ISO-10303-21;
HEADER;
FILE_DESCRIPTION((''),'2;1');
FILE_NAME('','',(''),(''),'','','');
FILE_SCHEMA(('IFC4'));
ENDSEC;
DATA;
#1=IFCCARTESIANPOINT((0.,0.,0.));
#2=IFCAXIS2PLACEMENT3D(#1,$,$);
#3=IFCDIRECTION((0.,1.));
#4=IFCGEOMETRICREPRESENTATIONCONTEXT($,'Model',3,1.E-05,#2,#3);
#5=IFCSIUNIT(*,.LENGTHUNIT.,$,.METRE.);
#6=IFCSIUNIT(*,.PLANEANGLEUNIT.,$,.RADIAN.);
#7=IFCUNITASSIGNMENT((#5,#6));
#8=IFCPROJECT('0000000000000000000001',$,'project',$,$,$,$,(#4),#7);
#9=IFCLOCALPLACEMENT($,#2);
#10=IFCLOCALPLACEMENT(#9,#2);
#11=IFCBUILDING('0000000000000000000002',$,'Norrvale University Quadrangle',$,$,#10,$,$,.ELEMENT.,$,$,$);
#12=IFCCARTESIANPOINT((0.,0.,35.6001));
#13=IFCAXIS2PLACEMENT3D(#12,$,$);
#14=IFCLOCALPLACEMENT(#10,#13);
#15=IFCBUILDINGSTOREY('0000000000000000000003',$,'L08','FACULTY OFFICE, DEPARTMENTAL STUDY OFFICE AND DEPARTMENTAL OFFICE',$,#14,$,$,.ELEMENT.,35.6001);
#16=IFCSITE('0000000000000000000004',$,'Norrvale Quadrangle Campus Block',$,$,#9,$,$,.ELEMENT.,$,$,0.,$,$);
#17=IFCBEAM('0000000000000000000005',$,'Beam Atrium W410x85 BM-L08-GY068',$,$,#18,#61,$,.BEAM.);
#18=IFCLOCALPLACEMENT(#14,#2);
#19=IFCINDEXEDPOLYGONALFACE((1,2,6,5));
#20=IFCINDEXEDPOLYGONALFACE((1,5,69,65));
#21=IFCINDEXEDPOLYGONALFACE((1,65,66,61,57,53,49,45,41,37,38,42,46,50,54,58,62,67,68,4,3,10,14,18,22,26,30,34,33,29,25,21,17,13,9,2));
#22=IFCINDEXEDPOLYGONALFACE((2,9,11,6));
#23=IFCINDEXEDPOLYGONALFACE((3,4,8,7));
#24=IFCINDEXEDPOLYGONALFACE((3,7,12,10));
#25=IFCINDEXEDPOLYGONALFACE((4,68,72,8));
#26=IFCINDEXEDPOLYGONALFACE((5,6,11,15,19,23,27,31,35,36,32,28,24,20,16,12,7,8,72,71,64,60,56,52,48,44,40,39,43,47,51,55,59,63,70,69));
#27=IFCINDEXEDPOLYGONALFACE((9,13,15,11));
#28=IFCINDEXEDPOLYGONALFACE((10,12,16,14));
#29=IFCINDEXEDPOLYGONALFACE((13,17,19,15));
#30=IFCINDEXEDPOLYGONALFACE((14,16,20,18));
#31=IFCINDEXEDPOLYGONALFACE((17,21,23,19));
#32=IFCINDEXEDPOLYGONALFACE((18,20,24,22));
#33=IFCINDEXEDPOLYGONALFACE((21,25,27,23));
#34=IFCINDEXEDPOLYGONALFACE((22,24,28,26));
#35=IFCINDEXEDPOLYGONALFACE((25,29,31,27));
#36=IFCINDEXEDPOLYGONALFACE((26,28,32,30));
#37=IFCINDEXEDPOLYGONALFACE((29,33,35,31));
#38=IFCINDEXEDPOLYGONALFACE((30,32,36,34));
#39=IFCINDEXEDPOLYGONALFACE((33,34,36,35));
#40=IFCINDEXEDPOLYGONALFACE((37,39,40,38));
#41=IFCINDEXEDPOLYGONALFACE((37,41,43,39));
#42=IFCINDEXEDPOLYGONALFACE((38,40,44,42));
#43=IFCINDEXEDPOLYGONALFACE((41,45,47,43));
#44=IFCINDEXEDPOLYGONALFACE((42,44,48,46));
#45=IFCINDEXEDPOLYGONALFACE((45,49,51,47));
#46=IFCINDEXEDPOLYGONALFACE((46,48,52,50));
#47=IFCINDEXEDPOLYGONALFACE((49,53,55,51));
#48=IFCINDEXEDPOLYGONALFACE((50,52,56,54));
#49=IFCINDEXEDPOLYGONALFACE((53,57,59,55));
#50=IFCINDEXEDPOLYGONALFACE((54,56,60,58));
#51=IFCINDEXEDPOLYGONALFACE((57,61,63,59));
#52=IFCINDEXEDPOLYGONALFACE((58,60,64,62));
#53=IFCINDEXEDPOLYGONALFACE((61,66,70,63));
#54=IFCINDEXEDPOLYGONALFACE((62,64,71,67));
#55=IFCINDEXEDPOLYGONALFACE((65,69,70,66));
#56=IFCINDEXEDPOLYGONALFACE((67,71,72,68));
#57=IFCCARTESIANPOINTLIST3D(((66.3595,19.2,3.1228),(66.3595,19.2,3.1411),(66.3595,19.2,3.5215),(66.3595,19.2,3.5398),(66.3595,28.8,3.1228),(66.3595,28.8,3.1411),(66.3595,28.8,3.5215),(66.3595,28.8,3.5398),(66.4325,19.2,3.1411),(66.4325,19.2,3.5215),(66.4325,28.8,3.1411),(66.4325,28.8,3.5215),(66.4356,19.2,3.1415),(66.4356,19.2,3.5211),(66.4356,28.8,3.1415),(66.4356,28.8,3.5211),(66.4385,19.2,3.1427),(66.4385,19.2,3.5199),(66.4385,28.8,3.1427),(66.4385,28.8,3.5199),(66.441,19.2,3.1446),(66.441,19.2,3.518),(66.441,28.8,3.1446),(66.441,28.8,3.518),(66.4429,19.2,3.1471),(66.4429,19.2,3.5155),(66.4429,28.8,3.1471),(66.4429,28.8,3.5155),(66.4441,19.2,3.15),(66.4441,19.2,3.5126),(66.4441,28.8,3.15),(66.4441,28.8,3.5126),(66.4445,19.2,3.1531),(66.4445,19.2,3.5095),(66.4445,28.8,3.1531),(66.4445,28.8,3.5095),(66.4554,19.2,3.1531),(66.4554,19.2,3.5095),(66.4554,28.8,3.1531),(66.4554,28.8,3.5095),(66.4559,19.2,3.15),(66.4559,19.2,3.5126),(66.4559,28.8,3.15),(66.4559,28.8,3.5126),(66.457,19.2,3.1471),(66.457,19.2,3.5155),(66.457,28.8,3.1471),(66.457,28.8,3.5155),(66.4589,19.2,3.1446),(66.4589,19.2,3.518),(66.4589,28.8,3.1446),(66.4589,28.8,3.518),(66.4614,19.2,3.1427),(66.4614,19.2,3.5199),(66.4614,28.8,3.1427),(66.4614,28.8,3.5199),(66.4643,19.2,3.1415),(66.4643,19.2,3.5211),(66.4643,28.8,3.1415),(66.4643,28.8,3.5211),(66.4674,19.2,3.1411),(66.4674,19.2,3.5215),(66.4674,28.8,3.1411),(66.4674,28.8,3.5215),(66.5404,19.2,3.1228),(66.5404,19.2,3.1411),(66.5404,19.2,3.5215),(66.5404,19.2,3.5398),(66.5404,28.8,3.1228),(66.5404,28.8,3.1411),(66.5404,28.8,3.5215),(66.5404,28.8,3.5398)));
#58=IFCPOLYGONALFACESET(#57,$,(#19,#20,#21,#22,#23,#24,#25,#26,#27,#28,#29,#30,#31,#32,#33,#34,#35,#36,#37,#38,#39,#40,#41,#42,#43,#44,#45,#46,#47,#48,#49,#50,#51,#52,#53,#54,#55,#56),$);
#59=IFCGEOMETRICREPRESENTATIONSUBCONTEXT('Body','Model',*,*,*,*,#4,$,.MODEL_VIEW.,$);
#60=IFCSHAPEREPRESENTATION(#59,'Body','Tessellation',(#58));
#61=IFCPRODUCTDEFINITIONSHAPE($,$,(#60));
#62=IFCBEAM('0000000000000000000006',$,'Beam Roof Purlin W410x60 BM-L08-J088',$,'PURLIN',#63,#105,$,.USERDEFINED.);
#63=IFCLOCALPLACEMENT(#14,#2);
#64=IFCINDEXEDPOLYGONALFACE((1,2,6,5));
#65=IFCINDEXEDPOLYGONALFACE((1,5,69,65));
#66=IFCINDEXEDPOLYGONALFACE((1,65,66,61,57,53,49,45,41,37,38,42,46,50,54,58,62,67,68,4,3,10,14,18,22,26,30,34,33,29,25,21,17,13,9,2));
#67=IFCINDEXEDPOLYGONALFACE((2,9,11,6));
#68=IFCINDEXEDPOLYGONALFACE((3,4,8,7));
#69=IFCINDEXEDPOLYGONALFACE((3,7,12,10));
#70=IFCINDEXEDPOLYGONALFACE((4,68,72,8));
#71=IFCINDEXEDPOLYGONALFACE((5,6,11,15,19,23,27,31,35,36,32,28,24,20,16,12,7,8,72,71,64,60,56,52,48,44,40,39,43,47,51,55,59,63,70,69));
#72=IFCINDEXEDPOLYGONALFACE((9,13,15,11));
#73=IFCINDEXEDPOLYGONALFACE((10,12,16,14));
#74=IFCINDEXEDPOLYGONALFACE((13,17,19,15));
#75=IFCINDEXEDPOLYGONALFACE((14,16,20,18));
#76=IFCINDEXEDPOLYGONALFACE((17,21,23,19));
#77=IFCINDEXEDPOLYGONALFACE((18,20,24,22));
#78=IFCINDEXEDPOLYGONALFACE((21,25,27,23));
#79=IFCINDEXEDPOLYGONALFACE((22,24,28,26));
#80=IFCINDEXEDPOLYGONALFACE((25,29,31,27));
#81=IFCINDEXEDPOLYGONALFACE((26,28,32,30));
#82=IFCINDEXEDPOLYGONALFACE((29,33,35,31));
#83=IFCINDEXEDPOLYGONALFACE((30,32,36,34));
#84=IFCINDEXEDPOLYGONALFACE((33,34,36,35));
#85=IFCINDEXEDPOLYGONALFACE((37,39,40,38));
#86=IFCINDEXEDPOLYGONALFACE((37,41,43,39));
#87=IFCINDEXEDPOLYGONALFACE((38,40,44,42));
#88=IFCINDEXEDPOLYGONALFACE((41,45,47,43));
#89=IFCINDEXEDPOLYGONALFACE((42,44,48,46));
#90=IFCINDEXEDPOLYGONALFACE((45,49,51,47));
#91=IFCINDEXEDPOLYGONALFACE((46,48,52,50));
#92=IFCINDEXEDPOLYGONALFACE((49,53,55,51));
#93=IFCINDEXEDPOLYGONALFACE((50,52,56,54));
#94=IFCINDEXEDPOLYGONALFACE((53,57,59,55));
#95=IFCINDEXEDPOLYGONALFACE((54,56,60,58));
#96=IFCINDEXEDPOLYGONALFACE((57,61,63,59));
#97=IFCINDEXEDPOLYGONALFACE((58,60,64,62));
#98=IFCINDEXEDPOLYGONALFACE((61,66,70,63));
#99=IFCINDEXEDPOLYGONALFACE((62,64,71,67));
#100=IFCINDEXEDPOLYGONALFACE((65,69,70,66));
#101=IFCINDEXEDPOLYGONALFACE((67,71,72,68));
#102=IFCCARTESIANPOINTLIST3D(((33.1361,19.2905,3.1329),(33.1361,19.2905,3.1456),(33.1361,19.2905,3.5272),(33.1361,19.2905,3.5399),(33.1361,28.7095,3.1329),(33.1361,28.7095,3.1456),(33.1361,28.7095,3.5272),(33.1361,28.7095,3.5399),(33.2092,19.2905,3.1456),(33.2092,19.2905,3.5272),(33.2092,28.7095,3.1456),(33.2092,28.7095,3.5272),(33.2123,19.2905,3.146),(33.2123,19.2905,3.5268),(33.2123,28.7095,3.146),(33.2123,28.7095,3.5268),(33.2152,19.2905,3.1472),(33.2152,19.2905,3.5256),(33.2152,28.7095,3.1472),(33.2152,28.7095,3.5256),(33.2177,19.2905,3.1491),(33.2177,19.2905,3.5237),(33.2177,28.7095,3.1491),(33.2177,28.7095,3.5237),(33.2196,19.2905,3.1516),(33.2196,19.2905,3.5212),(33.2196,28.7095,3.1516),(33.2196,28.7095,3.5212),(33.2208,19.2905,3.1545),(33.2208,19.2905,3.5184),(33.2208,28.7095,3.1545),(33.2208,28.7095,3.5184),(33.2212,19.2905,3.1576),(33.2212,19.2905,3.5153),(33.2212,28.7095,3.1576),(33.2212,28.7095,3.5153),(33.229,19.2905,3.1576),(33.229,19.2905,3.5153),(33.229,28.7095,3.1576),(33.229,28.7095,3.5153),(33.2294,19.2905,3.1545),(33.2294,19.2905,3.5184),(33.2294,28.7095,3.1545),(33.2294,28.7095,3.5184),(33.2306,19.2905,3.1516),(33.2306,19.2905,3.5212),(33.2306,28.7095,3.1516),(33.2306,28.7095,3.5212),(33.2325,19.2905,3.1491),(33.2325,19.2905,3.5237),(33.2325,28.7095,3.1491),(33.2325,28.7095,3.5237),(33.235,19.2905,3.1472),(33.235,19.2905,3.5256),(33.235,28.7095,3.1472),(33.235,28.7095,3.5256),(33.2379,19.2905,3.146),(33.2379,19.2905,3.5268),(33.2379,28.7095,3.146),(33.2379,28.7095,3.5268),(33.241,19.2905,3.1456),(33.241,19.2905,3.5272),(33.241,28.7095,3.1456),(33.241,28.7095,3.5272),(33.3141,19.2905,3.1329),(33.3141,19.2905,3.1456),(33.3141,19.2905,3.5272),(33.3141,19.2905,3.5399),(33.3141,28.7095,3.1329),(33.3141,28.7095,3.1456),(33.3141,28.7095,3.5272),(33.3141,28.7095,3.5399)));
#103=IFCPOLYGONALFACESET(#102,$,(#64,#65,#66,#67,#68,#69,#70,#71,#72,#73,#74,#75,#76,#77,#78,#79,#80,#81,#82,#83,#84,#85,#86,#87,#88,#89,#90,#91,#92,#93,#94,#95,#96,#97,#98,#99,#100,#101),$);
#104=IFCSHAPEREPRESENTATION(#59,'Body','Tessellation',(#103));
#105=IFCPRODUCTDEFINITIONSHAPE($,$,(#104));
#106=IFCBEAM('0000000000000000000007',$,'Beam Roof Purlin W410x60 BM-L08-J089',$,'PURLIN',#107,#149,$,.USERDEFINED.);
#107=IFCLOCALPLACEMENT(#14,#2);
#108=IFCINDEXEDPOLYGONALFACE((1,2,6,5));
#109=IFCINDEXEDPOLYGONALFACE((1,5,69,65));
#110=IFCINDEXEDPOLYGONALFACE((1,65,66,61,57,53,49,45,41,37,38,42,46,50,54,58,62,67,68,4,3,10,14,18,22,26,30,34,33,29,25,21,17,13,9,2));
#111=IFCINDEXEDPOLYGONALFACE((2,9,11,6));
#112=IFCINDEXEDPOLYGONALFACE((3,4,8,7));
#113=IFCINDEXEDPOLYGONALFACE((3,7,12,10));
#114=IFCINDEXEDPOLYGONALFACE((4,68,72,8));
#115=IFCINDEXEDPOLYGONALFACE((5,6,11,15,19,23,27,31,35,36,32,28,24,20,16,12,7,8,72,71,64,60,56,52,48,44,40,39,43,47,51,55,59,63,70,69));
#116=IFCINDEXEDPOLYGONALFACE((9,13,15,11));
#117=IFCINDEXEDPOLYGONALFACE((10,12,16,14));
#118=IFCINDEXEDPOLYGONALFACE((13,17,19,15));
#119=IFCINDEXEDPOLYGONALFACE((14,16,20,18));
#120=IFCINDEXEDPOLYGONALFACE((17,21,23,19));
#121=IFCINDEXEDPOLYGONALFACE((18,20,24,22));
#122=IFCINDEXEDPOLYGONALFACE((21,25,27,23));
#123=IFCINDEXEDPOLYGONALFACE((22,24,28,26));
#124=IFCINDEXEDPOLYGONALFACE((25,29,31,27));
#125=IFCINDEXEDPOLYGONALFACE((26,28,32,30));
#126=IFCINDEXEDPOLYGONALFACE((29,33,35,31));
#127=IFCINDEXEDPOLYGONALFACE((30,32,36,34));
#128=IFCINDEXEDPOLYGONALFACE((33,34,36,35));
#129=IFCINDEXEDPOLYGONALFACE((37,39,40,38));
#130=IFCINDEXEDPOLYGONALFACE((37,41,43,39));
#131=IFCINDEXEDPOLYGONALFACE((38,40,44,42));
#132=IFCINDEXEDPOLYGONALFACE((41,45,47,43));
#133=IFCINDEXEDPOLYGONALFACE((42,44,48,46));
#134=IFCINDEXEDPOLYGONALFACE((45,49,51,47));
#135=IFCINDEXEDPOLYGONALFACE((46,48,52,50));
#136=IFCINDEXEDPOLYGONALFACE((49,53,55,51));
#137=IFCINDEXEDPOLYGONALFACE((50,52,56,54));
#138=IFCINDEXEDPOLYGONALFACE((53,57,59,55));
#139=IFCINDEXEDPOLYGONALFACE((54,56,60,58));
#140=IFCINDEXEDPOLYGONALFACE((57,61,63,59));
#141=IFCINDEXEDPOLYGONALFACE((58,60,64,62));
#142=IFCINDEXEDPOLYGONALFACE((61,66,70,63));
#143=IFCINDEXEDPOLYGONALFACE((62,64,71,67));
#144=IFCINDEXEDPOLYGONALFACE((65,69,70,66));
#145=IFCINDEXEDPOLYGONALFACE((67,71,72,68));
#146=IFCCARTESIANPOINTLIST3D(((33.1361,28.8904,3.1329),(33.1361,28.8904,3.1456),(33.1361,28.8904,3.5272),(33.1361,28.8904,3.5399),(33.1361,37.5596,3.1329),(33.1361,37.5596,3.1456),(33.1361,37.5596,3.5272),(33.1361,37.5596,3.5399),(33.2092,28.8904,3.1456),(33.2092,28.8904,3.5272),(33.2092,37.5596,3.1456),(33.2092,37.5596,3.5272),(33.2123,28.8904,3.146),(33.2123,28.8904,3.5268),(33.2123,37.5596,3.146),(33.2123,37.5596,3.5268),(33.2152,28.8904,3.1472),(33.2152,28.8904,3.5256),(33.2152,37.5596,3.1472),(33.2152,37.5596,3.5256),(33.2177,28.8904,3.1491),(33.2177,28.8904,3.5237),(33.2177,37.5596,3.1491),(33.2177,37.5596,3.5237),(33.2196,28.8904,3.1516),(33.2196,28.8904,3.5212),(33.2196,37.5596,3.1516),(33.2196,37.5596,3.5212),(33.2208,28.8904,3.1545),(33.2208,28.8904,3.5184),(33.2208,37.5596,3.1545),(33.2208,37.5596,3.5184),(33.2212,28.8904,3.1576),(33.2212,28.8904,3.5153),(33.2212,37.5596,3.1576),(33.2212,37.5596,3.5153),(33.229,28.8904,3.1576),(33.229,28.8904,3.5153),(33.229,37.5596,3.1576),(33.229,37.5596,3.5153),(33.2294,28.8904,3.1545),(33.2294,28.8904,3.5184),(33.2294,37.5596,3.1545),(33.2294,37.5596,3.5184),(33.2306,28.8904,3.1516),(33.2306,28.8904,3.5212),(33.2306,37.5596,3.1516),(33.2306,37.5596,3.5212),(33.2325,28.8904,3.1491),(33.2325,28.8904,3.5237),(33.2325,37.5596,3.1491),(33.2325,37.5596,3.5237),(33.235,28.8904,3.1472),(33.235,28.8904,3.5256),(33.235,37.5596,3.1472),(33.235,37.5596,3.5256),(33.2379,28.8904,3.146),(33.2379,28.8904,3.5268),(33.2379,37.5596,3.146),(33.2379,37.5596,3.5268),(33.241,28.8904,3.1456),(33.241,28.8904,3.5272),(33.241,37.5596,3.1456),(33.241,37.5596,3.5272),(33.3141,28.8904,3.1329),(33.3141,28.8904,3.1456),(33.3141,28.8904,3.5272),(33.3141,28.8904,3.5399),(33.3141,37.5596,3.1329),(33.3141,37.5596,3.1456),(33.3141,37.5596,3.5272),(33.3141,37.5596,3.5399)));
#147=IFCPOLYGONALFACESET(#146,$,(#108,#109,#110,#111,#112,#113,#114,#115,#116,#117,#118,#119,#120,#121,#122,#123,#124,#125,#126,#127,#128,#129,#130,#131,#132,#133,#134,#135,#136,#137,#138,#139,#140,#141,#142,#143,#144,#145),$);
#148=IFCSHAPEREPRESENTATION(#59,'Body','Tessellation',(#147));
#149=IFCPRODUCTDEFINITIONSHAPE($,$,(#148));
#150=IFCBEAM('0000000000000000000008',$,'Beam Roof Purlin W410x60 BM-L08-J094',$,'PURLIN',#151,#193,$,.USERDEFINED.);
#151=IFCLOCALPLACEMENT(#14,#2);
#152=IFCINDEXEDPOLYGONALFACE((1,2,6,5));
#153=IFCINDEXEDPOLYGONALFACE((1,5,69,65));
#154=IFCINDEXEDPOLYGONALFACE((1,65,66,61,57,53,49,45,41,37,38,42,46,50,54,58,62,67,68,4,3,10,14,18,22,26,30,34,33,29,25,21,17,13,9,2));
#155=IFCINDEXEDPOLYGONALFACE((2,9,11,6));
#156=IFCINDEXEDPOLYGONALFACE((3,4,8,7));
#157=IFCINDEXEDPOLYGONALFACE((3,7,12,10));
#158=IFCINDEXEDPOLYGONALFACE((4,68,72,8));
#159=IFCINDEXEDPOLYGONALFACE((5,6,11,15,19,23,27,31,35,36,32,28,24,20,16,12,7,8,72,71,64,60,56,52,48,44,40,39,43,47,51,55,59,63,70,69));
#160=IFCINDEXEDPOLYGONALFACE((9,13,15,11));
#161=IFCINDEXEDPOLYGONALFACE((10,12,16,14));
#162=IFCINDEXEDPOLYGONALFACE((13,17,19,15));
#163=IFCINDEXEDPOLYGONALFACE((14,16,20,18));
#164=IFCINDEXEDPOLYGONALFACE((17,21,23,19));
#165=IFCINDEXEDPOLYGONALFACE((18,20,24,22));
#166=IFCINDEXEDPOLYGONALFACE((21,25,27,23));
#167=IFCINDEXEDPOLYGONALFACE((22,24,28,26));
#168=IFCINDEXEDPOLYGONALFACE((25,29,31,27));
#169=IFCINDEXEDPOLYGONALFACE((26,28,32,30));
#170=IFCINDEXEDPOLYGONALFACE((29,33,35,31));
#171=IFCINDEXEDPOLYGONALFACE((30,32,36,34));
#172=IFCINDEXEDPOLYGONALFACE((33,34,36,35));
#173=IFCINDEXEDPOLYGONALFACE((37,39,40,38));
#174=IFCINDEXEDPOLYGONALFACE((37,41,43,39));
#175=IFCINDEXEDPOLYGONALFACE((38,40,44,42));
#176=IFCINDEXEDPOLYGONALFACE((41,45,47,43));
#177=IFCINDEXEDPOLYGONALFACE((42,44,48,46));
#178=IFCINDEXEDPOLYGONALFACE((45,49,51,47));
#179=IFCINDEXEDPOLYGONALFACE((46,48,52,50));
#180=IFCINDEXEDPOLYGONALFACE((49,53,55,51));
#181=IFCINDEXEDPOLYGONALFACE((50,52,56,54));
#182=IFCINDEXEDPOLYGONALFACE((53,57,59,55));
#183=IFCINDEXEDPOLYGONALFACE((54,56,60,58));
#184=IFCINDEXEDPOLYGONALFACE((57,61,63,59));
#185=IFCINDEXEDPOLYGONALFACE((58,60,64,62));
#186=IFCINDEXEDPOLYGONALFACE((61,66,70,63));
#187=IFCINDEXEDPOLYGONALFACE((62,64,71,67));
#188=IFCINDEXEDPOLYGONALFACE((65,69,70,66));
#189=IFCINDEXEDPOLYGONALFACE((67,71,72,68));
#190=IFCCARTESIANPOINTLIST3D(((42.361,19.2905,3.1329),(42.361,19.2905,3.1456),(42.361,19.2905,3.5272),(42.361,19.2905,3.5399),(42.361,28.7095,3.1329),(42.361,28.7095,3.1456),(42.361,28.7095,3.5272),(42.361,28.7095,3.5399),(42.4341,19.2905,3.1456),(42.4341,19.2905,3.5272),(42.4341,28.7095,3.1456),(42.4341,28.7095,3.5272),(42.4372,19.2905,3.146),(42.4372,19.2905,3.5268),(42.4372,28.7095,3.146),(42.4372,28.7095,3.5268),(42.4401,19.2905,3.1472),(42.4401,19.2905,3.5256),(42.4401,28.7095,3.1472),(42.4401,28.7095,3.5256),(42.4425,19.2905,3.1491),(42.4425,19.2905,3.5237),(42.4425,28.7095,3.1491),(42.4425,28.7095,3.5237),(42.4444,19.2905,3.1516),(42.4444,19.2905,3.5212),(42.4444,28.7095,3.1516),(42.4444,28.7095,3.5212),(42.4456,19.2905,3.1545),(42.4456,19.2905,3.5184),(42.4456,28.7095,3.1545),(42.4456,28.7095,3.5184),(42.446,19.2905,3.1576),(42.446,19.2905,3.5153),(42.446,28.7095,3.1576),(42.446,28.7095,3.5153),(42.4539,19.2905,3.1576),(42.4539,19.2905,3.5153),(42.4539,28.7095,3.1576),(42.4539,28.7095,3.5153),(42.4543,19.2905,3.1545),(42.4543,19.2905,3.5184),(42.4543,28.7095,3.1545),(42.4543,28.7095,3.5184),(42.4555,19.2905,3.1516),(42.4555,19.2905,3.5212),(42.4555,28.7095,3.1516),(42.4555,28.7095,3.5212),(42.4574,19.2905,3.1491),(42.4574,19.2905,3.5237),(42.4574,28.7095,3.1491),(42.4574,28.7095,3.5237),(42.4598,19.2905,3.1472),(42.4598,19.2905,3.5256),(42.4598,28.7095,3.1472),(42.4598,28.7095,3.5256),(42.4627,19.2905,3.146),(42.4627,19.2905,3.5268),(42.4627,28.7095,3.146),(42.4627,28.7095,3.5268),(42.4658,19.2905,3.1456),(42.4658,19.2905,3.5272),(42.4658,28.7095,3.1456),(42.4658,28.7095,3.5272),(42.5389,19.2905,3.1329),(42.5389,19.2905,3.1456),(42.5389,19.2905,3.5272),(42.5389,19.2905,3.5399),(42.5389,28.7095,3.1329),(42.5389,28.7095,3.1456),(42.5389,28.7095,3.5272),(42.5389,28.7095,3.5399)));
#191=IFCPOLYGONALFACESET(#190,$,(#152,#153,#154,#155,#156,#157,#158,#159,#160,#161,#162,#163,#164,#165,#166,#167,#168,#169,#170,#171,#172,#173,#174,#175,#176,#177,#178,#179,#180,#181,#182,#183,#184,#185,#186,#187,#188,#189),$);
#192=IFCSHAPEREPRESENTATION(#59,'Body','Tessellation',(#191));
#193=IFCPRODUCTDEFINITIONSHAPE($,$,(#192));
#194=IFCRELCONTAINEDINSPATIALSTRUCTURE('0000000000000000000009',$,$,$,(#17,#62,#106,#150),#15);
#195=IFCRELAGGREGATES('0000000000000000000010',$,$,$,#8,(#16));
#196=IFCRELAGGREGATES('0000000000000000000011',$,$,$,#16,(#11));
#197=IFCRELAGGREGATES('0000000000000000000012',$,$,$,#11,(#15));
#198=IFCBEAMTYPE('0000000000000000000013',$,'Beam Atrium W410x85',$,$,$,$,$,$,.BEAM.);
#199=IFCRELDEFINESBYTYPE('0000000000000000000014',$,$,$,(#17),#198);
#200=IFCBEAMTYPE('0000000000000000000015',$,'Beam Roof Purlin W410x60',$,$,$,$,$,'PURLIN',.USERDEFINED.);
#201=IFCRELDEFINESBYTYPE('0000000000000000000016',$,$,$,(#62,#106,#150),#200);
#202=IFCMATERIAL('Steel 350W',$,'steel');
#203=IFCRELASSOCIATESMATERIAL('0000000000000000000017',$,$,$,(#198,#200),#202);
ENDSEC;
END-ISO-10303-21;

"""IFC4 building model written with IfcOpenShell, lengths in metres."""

from ifc_helpers import new_model, si_unit, direction, frame, origin, origin_2d, place, context, subcontext, project, spatial, i_section, extrude, material, material_profile, profile_set, type_object, element, save


model = new_model("IFC4")

# Units and contexts
model_context = context("Model", 3, precision=1e-05, world=origin(), true_north=direction((0.0, 1.0)))
body_context = subcontext(model_context, "Body", "Model", "MODEL_VIEW")
ifc_project = project(units=[si_unit("LENGTHUNIT", "METRE"), si_unit("PLANEANGLEUNIT", "RADIAN")], contexts=[model_context])

# Site, building, storey
site_placement = place(None, origin())
site = spatial("IfcSite", under=ifc_project, at=site_placement, Name="Norrvale Quadrangle Campus Block", CompositionType="ELEMENT", RefElevation=0.0)
building_placement = place(site_placement, origin())
building = spatial("IfcBuilding", under=site, at=building_placement, Name="Norrvale University Quadrangle", CompositionType="ELEMENT")
storey_placement = place(building_placement, frame((0.0, 0.0, 35.6001)))
storey = spatial("IfcBuildingStorey", under=building, at=storey_placement, Name="L08", Description="FACULTY OFFICE, DEPARTMENTAL STUDY OFFICE AND DEPARTMENTAL OFFICE", CompositionType="ELEMENT", Elevation=35.6001)

# Beams
ifc_material_1 = material(Name="Steel 350W", Category="steel")
ifc_material_profile_1 = material_profile(ifc_material_1, i_section(OverallWidth=0.1809, OverallDepth=0.417, WebThickness=0.011, FlangeThickness=0.0183, FilletRadius=0.012, at=origin_2d()), Name="Steel 350W")
ifc_profile_set_1 = profile_set([ifc_material_profile_1], Name="Steel 350W")
beam_type_1 = type_object("IfcBeamType", Name="Beam Atrium W410x85", PredefinedType="BEAM", material=ifc_profile_set_1)
beam_1_placement = place(storey_placement, frame((66.45, 19.2, 3.3313), z_axis=(0.0, 1.0, 0.0), x_axis=(-1.0, 0.0, 0.0)))
element("IfcBeam", 1, at=beam_1_placement, inside=storey, type_object=beam_type_1, Name="Beam Atrium W410x85 BM-L08-GY068", PredefinedType="BEAM", context=body_context, shape_type="SweptSolid", body=[
    extrude(i_section(OverallWidth=0.1809, OverallDepth=0.417, WebThickness=0.011, FlangeThickness=0.0183, FilletRadius=0.012, at=origin_2d()), origin(), (0.0, 0.0, 1.0), 9.6001),
])
ifc_material_profile_2 = material_profile(ifc_material_1, i_section(OverallWidth=0.178, OverallDepth=0.407, WebThickness=0.0078, FlangeThickness=0.0127, FilletRadius=0.012, at=origin_2d()), Name="Steel 350W")
ifc_profile_set_2 = profile_set([ifc_material_profile_2], Name="Steel 350W")
beam_type_2 = type_object("IfcBeamType", Name="Beam Roof Purlin W410x60", ElementType="PURLIN", PredefinedType="USERDEFINED", material=ifc_profile_set_2)
beam_2_placement = place(storey_placement, frame((33.2251, 19.2905, 3.3364), z_axis=(0.0, 1.0, 0.0), x_axis=(-1.0, 0.0, 0.0)))
element("IfcBeam", 2, at=beam_2_placement, inside=storey, type_object=beam_type_2, Name="Beam Roof Purlin W410x60 BM-L08-J088", ObjectType="PURLIN", PredefinedType="USERDEFINED", context=body_context, shape_type="SweptSolid", body=[
    extrude(i_section(OverallWidth=0.178, OverallDepth=0.407, WebThickness=0.0078, FlangeThickness=0.0127, FilletRadius=0.012, at=origin_2d()), origin(), (0.0, 0.0, 1.0), 9.4189),
])
beam_3_placement = place(storey_placement, frame((33.2251, 28.8904, 3.3364), z_axis=(0.0, 1.0, 0.0), x_axis=(-1.0, 0.0, 0.0)))
element("IfcBeam", 3, at=beam_3_placement, inside=storey, type_object=beam_type_2, Name="Beam Roof Purlin W410x60 BM-L08-J089", ObjectType="PURLIN", PredefinedType="USERDEFINED", context=body_context, shape_type="SweptSolid", body=[
    extrude(i_section(OverallWidth=0.178, OverallDepth=0.407, WebThickness=0.0078, FlangeThickness=0.0127, FilletRadius=0.012, at=origin_2d()), origin(), (0.0, 0.0, 1.0), 8.6692),
])
beam_4_placement = place(storey_placement, frame((42.45, 19.2905, 3.3364), z_axis=(0.0, 1.0, 0.0), x_axis=(-1.0, 0.0, 0.0)))
element("IfcBeam", 4, at=beam_4_placement, inside=storey, type_object=beam_type_2, Name="Beam Roof Purlin W410x60 BM-L08-J094", ObjectType="PURLIN", PredefinedType="USERDEFINED", context=body_context, shape_type="SweptSolid", body=[
    extrude(i_section(OverallWidth=0.178, OverallDepth=0.407, WebThickness=0.0078, FlangeThickness=0.0127, FilletRadius=0.012, at=origin_2d()), origin(), (0.0, 0.0, 1.0), 9.4189),
])

save(model, "model.ifc")
